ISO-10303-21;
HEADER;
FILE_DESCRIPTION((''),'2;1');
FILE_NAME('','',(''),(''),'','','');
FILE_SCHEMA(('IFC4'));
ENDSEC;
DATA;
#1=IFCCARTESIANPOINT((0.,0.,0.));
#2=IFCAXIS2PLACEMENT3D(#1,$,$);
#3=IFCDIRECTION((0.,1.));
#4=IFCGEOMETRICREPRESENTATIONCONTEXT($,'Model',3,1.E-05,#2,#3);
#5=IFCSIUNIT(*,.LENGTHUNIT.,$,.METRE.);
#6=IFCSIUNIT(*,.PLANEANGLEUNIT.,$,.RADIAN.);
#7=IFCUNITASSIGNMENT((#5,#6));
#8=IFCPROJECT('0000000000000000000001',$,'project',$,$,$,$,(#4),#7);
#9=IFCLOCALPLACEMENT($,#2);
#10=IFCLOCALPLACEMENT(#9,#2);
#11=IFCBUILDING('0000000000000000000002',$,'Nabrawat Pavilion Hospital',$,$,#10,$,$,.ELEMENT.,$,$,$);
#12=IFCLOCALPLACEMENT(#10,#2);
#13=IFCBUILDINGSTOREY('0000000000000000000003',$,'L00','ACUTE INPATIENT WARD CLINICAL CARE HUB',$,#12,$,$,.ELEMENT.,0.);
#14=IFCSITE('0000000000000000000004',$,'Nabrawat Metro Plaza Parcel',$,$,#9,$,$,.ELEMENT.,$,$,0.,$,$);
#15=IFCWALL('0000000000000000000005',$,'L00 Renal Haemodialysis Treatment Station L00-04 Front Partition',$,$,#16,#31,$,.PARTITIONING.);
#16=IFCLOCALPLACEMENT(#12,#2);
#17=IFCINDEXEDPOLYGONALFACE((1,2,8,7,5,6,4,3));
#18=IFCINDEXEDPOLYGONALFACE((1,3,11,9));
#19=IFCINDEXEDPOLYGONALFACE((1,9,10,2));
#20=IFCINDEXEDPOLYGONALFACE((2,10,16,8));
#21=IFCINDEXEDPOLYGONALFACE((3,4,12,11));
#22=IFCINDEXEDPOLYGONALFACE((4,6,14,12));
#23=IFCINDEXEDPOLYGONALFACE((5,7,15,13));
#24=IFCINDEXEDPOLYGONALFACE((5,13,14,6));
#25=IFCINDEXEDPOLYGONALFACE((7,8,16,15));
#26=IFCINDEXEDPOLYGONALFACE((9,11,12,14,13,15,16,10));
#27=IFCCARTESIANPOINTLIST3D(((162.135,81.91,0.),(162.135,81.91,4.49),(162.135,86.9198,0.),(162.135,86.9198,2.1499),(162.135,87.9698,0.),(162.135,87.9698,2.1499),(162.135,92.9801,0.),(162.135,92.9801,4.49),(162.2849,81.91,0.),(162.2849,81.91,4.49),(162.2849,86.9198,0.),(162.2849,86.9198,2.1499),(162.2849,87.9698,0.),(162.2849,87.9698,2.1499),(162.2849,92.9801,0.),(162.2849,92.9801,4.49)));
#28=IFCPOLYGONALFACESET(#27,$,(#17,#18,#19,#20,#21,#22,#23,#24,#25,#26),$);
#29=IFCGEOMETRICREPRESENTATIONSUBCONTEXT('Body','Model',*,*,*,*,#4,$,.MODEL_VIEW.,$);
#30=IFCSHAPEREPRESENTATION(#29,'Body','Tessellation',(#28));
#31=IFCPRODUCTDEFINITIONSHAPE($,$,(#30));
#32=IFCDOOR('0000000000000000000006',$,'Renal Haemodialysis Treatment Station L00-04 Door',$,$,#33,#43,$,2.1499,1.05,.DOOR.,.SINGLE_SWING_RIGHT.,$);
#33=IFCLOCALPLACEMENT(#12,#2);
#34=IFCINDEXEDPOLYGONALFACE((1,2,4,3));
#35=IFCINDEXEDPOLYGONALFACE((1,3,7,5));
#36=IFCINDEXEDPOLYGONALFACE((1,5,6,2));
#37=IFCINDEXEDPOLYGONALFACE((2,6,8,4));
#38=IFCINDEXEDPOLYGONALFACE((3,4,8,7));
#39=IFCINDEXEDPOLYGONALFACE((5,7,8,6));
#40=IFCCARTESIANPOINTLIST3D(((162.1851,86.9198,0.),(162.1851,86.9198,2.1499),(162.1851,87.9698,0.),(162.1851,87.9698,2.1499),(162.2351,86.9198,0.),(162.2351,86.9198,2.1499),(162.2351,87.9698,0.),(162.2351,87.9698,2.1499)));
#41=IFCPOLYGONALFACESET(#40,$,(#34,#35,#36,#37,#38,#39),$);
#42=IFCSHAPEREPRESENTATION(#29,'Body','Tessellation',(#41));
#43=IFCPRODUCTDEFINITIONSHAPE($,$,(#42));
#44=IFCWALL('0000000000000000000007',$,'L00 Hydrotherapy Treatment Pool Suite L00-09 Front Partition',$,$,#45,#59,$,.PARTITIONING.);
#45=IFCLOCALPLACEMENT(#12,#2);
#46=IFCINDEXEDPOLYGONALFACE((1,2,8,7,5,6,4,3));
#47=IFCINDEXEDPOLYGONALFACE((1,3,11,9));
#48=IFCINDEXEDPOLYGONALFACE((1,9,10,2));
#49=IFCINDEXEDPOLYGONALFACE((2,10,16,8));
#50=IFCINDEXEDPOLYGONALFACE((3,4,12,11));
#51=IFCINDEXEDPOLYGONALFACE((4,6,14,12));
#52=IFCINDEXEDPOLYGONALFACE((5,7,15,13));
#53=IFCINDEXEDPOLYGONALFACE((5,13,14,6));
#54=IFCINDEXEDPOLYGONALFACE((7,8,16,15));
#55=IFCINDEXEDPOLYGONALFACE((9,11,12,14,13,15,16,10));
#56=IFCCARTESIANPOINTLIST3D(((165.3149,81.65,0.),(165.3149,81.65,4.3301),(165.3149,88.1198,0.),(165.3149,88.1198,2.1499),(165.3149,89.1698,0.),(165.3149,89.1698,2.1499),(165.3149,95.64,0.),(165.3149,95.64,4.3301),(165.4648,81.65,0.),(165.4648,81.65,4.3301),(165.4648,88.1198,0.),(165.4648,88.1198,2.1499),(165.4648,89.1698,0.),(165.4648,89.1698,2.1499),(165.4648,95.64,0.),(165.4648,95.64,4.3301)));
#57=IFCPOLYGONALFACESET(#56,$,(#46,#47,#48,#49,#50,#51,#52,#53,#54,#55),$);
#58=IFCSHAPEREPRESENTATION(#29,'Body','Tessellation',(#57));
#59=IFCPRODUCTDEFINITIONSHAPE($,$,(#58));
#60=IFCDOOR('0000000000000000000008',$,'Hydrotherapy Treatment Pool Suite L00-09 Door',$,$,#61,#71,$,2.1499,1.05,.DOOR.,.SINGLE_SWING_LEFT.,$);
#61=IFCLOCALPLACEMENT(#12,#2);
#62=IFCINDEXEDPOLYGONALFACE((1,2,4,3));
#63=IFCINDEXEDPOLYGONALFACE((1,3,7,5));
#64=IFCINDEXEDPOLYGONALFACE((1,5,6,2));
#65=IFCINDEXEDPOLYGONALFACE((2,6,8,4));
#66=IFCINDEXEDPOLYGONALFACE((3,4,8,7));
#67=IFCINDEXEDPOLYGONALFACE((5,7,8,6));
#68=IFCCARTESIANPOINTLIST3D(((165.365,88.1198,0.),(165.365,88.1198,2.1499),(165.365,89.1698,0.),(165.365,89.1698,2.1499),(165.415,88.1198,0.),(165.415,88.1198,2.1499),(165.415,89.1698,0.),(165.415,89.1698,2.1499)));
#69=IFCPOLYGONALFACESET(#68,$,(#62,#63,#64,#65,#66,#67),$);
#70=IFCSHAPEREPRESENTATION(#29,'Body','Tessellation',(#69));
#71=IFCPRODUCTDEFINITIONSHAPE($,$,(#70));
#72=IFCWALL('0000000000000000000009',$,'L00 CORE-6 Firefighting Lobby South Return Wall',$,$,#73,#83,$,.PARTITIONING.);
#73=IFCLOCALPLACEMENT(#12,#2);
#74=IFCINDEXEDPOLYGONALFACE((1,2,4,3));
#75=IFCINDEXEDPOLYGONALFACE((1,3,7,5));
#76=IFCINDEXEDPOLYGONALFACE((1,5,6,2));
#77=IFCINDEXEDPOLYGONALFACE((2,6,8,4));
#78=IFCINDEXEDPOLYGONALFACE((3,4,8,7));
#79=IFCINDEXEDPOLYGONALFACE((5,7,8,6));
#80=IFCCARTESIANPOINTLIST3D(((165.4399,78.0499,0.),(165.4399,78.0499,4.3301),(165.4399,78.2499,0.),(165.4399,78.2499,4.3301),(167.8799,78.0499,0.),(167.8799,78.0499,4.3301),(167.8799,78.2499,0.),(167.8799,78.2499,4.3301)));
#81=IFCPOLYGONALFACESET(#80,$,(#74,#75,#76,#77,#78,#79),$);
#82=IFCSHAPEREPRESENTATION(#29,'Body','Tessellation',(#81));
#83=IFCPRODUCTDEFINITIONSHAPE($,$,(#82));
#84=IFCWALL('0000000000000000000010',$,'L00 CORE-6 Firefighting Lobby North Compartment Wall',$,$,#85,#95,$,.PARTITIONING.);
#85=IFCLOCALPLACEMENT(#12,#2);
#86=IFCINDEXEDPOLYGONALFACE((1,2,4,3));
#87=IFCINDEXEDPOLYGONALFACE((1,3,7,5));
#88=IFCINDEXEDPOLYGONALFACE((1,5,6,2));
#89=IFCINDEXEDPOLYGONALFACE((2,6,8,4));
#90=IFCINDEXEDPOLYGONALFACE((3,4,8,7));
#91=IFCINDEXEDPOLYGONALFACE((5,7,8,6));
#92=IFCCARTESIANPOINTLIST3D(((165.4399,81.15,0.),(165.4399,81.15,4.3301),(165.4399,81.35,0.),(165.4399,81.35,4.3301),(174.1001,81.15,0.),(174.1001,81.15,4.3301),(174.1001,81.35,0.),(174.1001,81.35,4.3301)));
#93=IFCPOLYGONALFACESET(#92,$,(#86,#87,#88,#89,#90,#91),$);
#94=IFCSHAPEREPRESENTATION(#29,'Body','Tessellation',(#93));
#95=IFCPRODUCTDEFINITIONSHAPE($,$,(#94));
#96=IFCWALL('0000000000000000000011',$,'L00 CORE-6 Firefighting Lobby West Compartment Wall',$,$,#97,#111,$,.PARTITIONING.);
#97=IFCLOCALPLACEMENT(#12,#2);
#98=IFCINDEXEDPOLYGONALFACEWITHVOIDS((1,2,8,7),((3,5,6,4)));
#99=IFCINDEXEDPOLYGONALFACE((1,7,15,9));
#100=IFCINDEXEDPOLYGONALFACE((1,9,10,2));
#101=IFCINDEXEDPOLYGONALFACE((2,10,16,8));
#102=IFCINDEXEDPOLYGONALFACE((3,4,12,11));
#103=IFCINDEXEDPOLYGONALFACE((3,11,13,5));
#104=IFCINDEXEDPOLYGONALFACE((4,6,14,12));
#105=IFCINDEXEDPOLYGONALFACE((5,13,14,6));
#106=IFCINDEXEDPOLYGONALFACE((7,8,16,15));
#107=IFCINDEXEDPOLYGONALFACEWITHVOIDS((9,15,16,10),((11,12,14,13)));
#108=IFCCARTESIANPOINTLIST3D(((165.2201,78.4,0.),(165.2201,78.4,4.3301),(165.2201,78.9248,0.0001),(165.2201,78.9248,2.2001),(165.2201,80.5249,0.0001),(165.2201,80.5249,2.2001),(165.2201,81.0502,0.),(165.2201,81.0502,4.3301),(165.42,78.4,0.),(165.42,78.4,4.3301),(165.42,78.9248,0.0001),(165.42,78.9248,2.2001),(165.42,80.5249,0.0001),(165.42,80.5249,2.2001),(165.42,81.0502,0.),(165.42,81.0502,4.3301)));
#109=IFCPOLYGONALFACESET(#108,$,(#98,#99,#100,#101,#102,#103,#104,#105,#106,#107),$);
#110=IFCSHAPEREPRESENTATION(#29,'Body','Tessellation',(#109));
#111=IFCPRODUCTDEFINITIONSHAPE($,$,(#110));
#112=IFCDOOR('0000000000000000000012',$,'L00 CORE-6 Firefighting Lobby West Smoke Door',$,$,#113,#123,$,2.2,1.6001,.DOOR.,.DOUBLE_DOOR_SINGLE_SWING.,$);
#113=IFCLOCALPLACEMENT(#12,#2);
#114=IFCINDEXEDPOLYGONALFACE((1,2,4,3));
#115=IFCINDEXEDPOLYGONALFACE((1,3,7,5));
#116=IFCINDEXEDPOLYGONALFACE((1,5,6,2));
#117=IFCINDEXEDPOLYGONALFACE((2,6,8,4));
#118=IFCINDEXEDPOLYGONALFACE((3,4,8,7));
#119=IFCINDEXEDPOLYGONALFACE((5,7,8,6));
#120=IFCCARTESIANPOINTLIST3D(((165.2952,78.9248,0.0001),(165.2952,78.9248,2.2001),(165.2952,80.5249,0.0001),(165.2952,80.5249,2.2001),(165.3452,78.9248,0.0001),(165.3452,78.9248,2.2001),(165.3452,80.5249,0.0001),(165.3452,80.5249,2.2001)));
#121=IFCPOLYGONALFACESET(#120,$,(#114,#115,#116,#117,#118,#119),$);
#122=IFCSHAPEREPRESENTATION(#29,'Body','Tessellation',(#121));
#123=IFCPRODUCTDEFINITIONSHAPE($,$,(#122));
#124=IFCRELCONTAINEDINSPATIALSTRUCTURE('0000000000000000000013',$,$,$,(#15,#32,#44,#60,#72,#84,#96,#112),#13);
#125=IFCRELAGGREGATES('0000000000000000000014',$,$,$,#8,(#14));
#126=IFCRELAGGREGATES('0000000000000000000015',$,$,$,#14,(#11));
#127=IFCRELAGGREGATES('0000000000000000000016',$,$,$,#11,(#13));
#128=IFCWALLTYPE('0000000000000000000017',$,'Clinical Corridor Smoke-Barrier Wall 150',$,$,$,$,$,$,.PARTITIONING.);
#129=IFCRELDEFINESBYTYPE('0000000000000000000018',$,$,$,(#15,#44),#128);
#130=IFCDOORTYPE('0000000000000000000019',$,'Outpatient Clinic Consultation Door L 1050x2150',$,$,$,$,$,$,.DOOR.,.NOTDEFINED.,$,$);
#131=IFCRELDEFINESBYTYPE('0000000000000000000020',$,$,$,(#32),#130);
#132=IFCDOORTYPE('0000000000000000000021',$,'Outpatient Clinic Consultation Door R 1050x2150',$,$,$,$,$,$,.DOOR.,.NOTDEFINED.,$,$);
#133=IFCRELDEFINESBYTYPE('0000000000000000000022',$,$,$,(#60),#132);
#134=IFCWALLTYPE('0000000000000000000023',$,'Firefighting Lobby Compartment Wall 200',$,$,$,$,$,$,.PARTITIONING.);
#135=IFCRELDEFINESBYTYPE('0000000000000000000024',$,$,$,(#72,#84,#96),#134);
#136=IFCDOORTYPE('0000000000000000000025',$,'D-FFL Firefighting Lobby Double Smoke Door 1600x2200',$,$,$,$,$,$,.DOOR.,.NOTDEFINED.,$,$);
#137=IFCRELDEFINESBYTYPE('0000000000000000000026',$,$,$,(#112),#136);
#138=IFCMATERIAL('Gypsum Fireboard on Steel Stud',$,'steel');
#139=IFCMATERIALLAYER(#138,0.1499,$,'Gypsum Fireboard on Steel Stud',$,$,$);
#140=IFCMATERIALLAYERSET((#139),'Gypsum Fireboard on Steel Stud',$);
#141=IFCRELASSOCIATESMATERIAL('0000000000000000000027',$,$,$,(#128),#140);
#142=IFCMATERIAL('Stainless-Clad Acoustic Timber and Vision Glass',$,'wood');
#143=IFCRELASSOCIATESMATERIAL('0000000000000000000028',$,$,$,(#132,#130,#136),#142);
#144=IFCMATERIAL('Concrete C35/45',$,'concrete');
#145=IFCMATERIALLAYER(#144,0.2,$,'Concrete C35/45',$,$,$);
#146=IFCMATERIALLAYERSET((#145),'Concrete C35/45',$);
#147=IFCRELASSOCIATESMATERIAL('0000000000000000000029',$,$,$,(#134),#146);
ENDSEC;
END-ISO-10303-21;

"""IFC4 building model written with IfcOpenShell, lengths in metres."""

from ifc_helpers import new_model, si_unit, direction, frame, frame_2d, origin, place, context, subcontext, project, spatial, rectangle, extrude, material, layer, layer_set, type_object, element, fill, save


model = new_model("IFC4")

# Units and contexts
model_context = context("Model", 3, precision=1e-05, world=origin(), true_north=direction((0.0, 1.0)))
body_context = subcontext(model_context, "Body", "Model", "MODEL_VIEW")
ifc_project = project(units=[si_unit("LENGTHUNIT", "METRE"), si_unit("PLANEANGLEUNIT", "RADIAN")], contexts=[model_context])

# Site, building, storey
site_placement = place(None, origin())
site = spatial("IfcSite", under=ifc_project, at=site_placement, Name="Nabrawat Metro Plaza Parcel", CompositionType="ELEMENT", RefElevation=0.0)
building_placement = place(site_placement, origin())
building = spatial("IfcBuilding", under=site, at=building_placement, Name="Nabrawat Pavilion Hospital", CompositionType="ELEMENT")
storey_placement = place(building_placement, origin())
storey = spatial("IfcBuildingStorey", under=building, at=storey_placement, Name="L00", Description="ACUTE INPATIENT WARD CLINICAL CARE HUB", CompositionType="ELEMENT", Elevation=0.0)

# Walls, openings, doors
ifc_material_1 = material(Name="Gypsum Fireboard on Steel Stud", Category="steel")
ifc_layer_1 = layer(ifc_material_1, 0.1499, Name="Gypsum Fireboard on Steel Stud")
ifc_layer_set_1 = layer_set([ifc_layer_1], Name="Gypsum Fireboard on Steel Stud")
wall_type_1 = type_object("IfcWallType", Name="Clinical Corridor Smoke-Barrier Wall 150", PredefinedType="PARTITIONING", material=ifc_layer_set_1)
ifc_material_2 = material(Name="Stainless-Clad Acoustic Timber and Vision Glass", Category="wood")
door_type_1 = type_object("IfcDoorType", Name="Outpatient Clinic Consultation Door R 1050x2150", OperationType="NOTDEFINED", PredefinedType="DOOR", material=ifc_material_2)
wall_1_placement = place(storey_placement, frame((162.21, 81.9099, 0.0), z_axis=(0.0, 0.0, 1.0), x_axis=(0.0, 1.0, 0.0)))
wall_1 = element("IfcWall", 1, at=wall_1_placement, inside=storey, type_object=wall_type_1, Name="L00 Renal Haemodialysis Treatment Station L00-04 Front Partition", PredefinedType="PARTITIONING", context=body_context, shape_type="SweptSolid", body=[
    extrude(rectangle(XDim=11.0701, YDim=0.1499, at=frame_2d((5.5352, 0.0))), origin(), (0.0, 0.0, 1.0), 4.49),
])
opening_1_placement = place(wall_1_placement, frame((5.01, 0.0, 0.0)))
opening_1 = element("IfcOpeningElement", 2, at=opening_1_placement, cuts=wall_1, PredefinedType="OPENING", context=body_context, shape_type="SweptSolid", body=[
    extrude(rectangle(XDim=1.05, YDim=2.1499, at=frame_2d((0.5249, 1.075))), frame((0.0, 0.085, 0.0), z_axis=(0.0, -1.0, 0.0), x_axis=(1.0, 0.0, 0.0)), (0.0, 0.0, 1.0), 0.1699),
])
door_type_2 = type_object("IfcDoorType", Name="Outpatient Clinic Consultation Door L 1050x2150", OperationType="NOTDEFINED", PredefinedType="DOOR", material=ifc_material_2)
door_1_placement = place(opening_1_placement, origin())
door_1 = element("IfcDoor", 3, at=door_1_placement, inside=storey, type_object=door_type_2, Name="Renal Haemodialysis Treatment Station L00-04 Door", OperationType="SINGLE_SWING_RIGHT", OverallHeight=2.1499, OverallWidth=1.05, PredefinedType="DOOR", context=body_context, shape_type="SweptSolid", body=[
    extrude(rectangle(XDim=1.05, YDim=2.1499, at=frame_2d((0.5249, 1.075))), frame((0.0, 0.0249, 0.0), z_axis=(0.0, -1.0, 0.0), x_axis=(1.0, 0.0, 0.0)), (0.0, 0.0, 1.0), 0.05),
])
fill(opening_1, door_1)
wall_2_placement = place(storey_placement, frame((165.3899, 81.6499, 0.0), z_axis=(0.0, 0.0, 1.0), x_axis=(0.0, 1.0, 0.0)))
wall_2 = element("IfcWall", 4, at=wall_2_placement, inside=storey, type_object=wall_type_1, Name="L00 Hydrotherapy Treatment Pool Suite L00-09 Front Partition", PredefinedType="PARTITIONING", context=body_context, shape_type="SweptSolid", body=[
    extrude(rectangle(XDim=13.99, YDim=0.1499, at=frame_2d((6.9951, 0.0))), origin(), (0.0, 0.0, 1.0), 4.3301),
])
opening_2_placement = place(wall_2_placement, frame((6.47, 0.0, 0.0)))
opening_2 = element("IfcOpeningElement", 5, at=opening_2_placement, cuts=wall_2, PredefinedType="OPENING", context=body_context, shape_type="SweptSolid", body=[
    extrude(rectangle(XDim=1.05, YDim=2.1499, at=frame_2d((0.5249, 1.075))), frame((0.0, 0.085, 0.0), z_axis=(0.0, -1.0, 0.0), x_axis=(1.0, 0.0, 0.0)), (0.0, 0.0, 1.0), 0.1699),
])
door_2_placement = place(opening_2_placement, origin())
door_2 = element("IfcDoor", 6, at=door_2_placement, inside=storey, type_object=door_type_1, Name="Hydrotherapy Treatment Pool Suite L00-09 Door", OperationType="SINGLE_SWING_LEFT", OverallHeight=2.1499, OverallWidth=1.05, PredefinedType="DOOR", context=body_context, shape_type="SweptSolid", body=[
    extrude(rectangle(XDim=1.05, YDim=2.1499, at=frame_2d((0.5249, 1.075))), frame((0.0, 0.0249, 0.0), z_axis=(0.0, -1.0, 0.0), x_axis=(1.0, 0.0, 0.0)), (0.0, 0.0, 1.0), 0.05),
])
fill(opening_2, door_2)

# Walls
ifc_material_3 = material(Name="Concrete C35/45", Category="concrete")
ifc_layer_2 = layer(ifc_material_3, 0.2, Name="Concrete C35/45")
ifc_layer_set_2 = layer_set([ifc_layer_2], Name="Concrete C35/45")
wall_type_2 = type_object("IfcWallType", Name="Firefighting Lobby Compartment Wall 200", PredefinedType="PARTITIONING", material=ifc_layer_set_2)
wall_3_placement = place(storey_placement, frame((165.4399, 78.1499, 0.0), z_axis=(0.0, 0.0, 1.0), x_axis=(1.0, 0.0, 0.0)))
element("IfcWall", 7, at=wall_3_placement, inside=storey, type_object=wall_type_2, Name="L00 CORE-6 Firefighting Lobby South Return Wall", PredefinedType="PARTITIONING", context=body_context, shape_type="SweptSolid", body=[
    extrude(rectangle(XDim=2.4399, YDim=0.2, at=frame_2d((1.22, 0.0))), origin(), (0.0, 0.0, 1.0), 4.3301),
])
wall_4_placement = place(storey_placement, frame((165.4399, 81.25, 0.0), z_axis=(0.0, 0.0, 1.0), x_axis=(1.0, 0.0, 0.0)))
element("IfcWall", 8, at=wall_4_placement, inside=storey, type_object=wall_type_2, Name="L00 CORE-6 Firefighting Lobby North Compartment Wall", PredefinedType="PARTITIONING", context=body_context, shape_type="SweptSolid", body=[
    extrude(rectangle(XDim=8.6602, YDim=0.2, at=frame_2d((4.3301, 0.0))), origin(), (0.0, 0.0, 1.0), 4.3301),
])

# Wall, opening, door
wall_5_placement = place(storey_placement, frame((165.3201, 78.3999, 0.0), z_axis=(0.0, 0.0, 1.0), x_axis=(0.0, 1.0, 0.0)))
wall_5 = element("IfcWall", 9, at=wall_5_placement, inside=storey, type_object=wall_type_2, Name="L00 CORE-6 Firefighting Lobby West Compartment Wall", PredefinedType="PARTITIONING", context=body_context, shape_type="SweptSolid", body=[
    extrude(rectangle(XDim=2.6501, YDim=0.2, at=frame_2d((1.3252, 0.0))), origin(), (0.0, 0.0, 1.0), 4.3301),
])
opening_3_placement = place(wall_5_placement, frame((0.5249, 0.0, 0.0)))
opening_3 = element("IfcOpeningElement", 10, at=opening_3_placement, cuts=wall_5, PredefinedType="OPENING", context=body_context, shape_type="SweptSolid", body=[
    extrude(rectangle(XDim=1.6001, YDim=2.2, at=frame_2d((0.8, 1.1001))), frame((0.0, 0.1099, 0.0), z_axis=(0.0, -1.0, 0.0), x_axis=(1.0, 0.0, 0.0)), (0.0, 0.0, 1.0), 0.22),
])
door_type_3 = type_object("IfcDoorType", Name="D-FFL Firefighting Lobby Double Smoke Door 1600x2200", OperationType="NOTDEFINED", PredefinedType="DOOR", material=ifc_material_2)
door_3_placement = place(opening_3_placement, origin())
door_3 = element("IfcDoor", 11, at=door_3_placement, inside=storey, type_object=door_type_3, Name="L00 CORE-6 Firefighting Lobby West Smoke Door", OperationType="DOUBLE_DOOR_SINGLE_SWING", OverallHeight=2.2, OverallWidth=1.6001, PredefinedType="DOOR", context=body_context, shape_type="SweptSolid", body=[
    extrude(rectangle(XDim=1.6001, YDim=2.2, at=frame_2d((0.8, 1.1001))), frame((0.0, 0.0249, 0.0), z_axis=(0.0, -1.0, 0.0), x_axis=(1.0, 0.0, 0.0)), (0.0, 0.0, 1.0), 0.05),
])
fill(opening_3, door_3)

save(model, "model.ifc")
